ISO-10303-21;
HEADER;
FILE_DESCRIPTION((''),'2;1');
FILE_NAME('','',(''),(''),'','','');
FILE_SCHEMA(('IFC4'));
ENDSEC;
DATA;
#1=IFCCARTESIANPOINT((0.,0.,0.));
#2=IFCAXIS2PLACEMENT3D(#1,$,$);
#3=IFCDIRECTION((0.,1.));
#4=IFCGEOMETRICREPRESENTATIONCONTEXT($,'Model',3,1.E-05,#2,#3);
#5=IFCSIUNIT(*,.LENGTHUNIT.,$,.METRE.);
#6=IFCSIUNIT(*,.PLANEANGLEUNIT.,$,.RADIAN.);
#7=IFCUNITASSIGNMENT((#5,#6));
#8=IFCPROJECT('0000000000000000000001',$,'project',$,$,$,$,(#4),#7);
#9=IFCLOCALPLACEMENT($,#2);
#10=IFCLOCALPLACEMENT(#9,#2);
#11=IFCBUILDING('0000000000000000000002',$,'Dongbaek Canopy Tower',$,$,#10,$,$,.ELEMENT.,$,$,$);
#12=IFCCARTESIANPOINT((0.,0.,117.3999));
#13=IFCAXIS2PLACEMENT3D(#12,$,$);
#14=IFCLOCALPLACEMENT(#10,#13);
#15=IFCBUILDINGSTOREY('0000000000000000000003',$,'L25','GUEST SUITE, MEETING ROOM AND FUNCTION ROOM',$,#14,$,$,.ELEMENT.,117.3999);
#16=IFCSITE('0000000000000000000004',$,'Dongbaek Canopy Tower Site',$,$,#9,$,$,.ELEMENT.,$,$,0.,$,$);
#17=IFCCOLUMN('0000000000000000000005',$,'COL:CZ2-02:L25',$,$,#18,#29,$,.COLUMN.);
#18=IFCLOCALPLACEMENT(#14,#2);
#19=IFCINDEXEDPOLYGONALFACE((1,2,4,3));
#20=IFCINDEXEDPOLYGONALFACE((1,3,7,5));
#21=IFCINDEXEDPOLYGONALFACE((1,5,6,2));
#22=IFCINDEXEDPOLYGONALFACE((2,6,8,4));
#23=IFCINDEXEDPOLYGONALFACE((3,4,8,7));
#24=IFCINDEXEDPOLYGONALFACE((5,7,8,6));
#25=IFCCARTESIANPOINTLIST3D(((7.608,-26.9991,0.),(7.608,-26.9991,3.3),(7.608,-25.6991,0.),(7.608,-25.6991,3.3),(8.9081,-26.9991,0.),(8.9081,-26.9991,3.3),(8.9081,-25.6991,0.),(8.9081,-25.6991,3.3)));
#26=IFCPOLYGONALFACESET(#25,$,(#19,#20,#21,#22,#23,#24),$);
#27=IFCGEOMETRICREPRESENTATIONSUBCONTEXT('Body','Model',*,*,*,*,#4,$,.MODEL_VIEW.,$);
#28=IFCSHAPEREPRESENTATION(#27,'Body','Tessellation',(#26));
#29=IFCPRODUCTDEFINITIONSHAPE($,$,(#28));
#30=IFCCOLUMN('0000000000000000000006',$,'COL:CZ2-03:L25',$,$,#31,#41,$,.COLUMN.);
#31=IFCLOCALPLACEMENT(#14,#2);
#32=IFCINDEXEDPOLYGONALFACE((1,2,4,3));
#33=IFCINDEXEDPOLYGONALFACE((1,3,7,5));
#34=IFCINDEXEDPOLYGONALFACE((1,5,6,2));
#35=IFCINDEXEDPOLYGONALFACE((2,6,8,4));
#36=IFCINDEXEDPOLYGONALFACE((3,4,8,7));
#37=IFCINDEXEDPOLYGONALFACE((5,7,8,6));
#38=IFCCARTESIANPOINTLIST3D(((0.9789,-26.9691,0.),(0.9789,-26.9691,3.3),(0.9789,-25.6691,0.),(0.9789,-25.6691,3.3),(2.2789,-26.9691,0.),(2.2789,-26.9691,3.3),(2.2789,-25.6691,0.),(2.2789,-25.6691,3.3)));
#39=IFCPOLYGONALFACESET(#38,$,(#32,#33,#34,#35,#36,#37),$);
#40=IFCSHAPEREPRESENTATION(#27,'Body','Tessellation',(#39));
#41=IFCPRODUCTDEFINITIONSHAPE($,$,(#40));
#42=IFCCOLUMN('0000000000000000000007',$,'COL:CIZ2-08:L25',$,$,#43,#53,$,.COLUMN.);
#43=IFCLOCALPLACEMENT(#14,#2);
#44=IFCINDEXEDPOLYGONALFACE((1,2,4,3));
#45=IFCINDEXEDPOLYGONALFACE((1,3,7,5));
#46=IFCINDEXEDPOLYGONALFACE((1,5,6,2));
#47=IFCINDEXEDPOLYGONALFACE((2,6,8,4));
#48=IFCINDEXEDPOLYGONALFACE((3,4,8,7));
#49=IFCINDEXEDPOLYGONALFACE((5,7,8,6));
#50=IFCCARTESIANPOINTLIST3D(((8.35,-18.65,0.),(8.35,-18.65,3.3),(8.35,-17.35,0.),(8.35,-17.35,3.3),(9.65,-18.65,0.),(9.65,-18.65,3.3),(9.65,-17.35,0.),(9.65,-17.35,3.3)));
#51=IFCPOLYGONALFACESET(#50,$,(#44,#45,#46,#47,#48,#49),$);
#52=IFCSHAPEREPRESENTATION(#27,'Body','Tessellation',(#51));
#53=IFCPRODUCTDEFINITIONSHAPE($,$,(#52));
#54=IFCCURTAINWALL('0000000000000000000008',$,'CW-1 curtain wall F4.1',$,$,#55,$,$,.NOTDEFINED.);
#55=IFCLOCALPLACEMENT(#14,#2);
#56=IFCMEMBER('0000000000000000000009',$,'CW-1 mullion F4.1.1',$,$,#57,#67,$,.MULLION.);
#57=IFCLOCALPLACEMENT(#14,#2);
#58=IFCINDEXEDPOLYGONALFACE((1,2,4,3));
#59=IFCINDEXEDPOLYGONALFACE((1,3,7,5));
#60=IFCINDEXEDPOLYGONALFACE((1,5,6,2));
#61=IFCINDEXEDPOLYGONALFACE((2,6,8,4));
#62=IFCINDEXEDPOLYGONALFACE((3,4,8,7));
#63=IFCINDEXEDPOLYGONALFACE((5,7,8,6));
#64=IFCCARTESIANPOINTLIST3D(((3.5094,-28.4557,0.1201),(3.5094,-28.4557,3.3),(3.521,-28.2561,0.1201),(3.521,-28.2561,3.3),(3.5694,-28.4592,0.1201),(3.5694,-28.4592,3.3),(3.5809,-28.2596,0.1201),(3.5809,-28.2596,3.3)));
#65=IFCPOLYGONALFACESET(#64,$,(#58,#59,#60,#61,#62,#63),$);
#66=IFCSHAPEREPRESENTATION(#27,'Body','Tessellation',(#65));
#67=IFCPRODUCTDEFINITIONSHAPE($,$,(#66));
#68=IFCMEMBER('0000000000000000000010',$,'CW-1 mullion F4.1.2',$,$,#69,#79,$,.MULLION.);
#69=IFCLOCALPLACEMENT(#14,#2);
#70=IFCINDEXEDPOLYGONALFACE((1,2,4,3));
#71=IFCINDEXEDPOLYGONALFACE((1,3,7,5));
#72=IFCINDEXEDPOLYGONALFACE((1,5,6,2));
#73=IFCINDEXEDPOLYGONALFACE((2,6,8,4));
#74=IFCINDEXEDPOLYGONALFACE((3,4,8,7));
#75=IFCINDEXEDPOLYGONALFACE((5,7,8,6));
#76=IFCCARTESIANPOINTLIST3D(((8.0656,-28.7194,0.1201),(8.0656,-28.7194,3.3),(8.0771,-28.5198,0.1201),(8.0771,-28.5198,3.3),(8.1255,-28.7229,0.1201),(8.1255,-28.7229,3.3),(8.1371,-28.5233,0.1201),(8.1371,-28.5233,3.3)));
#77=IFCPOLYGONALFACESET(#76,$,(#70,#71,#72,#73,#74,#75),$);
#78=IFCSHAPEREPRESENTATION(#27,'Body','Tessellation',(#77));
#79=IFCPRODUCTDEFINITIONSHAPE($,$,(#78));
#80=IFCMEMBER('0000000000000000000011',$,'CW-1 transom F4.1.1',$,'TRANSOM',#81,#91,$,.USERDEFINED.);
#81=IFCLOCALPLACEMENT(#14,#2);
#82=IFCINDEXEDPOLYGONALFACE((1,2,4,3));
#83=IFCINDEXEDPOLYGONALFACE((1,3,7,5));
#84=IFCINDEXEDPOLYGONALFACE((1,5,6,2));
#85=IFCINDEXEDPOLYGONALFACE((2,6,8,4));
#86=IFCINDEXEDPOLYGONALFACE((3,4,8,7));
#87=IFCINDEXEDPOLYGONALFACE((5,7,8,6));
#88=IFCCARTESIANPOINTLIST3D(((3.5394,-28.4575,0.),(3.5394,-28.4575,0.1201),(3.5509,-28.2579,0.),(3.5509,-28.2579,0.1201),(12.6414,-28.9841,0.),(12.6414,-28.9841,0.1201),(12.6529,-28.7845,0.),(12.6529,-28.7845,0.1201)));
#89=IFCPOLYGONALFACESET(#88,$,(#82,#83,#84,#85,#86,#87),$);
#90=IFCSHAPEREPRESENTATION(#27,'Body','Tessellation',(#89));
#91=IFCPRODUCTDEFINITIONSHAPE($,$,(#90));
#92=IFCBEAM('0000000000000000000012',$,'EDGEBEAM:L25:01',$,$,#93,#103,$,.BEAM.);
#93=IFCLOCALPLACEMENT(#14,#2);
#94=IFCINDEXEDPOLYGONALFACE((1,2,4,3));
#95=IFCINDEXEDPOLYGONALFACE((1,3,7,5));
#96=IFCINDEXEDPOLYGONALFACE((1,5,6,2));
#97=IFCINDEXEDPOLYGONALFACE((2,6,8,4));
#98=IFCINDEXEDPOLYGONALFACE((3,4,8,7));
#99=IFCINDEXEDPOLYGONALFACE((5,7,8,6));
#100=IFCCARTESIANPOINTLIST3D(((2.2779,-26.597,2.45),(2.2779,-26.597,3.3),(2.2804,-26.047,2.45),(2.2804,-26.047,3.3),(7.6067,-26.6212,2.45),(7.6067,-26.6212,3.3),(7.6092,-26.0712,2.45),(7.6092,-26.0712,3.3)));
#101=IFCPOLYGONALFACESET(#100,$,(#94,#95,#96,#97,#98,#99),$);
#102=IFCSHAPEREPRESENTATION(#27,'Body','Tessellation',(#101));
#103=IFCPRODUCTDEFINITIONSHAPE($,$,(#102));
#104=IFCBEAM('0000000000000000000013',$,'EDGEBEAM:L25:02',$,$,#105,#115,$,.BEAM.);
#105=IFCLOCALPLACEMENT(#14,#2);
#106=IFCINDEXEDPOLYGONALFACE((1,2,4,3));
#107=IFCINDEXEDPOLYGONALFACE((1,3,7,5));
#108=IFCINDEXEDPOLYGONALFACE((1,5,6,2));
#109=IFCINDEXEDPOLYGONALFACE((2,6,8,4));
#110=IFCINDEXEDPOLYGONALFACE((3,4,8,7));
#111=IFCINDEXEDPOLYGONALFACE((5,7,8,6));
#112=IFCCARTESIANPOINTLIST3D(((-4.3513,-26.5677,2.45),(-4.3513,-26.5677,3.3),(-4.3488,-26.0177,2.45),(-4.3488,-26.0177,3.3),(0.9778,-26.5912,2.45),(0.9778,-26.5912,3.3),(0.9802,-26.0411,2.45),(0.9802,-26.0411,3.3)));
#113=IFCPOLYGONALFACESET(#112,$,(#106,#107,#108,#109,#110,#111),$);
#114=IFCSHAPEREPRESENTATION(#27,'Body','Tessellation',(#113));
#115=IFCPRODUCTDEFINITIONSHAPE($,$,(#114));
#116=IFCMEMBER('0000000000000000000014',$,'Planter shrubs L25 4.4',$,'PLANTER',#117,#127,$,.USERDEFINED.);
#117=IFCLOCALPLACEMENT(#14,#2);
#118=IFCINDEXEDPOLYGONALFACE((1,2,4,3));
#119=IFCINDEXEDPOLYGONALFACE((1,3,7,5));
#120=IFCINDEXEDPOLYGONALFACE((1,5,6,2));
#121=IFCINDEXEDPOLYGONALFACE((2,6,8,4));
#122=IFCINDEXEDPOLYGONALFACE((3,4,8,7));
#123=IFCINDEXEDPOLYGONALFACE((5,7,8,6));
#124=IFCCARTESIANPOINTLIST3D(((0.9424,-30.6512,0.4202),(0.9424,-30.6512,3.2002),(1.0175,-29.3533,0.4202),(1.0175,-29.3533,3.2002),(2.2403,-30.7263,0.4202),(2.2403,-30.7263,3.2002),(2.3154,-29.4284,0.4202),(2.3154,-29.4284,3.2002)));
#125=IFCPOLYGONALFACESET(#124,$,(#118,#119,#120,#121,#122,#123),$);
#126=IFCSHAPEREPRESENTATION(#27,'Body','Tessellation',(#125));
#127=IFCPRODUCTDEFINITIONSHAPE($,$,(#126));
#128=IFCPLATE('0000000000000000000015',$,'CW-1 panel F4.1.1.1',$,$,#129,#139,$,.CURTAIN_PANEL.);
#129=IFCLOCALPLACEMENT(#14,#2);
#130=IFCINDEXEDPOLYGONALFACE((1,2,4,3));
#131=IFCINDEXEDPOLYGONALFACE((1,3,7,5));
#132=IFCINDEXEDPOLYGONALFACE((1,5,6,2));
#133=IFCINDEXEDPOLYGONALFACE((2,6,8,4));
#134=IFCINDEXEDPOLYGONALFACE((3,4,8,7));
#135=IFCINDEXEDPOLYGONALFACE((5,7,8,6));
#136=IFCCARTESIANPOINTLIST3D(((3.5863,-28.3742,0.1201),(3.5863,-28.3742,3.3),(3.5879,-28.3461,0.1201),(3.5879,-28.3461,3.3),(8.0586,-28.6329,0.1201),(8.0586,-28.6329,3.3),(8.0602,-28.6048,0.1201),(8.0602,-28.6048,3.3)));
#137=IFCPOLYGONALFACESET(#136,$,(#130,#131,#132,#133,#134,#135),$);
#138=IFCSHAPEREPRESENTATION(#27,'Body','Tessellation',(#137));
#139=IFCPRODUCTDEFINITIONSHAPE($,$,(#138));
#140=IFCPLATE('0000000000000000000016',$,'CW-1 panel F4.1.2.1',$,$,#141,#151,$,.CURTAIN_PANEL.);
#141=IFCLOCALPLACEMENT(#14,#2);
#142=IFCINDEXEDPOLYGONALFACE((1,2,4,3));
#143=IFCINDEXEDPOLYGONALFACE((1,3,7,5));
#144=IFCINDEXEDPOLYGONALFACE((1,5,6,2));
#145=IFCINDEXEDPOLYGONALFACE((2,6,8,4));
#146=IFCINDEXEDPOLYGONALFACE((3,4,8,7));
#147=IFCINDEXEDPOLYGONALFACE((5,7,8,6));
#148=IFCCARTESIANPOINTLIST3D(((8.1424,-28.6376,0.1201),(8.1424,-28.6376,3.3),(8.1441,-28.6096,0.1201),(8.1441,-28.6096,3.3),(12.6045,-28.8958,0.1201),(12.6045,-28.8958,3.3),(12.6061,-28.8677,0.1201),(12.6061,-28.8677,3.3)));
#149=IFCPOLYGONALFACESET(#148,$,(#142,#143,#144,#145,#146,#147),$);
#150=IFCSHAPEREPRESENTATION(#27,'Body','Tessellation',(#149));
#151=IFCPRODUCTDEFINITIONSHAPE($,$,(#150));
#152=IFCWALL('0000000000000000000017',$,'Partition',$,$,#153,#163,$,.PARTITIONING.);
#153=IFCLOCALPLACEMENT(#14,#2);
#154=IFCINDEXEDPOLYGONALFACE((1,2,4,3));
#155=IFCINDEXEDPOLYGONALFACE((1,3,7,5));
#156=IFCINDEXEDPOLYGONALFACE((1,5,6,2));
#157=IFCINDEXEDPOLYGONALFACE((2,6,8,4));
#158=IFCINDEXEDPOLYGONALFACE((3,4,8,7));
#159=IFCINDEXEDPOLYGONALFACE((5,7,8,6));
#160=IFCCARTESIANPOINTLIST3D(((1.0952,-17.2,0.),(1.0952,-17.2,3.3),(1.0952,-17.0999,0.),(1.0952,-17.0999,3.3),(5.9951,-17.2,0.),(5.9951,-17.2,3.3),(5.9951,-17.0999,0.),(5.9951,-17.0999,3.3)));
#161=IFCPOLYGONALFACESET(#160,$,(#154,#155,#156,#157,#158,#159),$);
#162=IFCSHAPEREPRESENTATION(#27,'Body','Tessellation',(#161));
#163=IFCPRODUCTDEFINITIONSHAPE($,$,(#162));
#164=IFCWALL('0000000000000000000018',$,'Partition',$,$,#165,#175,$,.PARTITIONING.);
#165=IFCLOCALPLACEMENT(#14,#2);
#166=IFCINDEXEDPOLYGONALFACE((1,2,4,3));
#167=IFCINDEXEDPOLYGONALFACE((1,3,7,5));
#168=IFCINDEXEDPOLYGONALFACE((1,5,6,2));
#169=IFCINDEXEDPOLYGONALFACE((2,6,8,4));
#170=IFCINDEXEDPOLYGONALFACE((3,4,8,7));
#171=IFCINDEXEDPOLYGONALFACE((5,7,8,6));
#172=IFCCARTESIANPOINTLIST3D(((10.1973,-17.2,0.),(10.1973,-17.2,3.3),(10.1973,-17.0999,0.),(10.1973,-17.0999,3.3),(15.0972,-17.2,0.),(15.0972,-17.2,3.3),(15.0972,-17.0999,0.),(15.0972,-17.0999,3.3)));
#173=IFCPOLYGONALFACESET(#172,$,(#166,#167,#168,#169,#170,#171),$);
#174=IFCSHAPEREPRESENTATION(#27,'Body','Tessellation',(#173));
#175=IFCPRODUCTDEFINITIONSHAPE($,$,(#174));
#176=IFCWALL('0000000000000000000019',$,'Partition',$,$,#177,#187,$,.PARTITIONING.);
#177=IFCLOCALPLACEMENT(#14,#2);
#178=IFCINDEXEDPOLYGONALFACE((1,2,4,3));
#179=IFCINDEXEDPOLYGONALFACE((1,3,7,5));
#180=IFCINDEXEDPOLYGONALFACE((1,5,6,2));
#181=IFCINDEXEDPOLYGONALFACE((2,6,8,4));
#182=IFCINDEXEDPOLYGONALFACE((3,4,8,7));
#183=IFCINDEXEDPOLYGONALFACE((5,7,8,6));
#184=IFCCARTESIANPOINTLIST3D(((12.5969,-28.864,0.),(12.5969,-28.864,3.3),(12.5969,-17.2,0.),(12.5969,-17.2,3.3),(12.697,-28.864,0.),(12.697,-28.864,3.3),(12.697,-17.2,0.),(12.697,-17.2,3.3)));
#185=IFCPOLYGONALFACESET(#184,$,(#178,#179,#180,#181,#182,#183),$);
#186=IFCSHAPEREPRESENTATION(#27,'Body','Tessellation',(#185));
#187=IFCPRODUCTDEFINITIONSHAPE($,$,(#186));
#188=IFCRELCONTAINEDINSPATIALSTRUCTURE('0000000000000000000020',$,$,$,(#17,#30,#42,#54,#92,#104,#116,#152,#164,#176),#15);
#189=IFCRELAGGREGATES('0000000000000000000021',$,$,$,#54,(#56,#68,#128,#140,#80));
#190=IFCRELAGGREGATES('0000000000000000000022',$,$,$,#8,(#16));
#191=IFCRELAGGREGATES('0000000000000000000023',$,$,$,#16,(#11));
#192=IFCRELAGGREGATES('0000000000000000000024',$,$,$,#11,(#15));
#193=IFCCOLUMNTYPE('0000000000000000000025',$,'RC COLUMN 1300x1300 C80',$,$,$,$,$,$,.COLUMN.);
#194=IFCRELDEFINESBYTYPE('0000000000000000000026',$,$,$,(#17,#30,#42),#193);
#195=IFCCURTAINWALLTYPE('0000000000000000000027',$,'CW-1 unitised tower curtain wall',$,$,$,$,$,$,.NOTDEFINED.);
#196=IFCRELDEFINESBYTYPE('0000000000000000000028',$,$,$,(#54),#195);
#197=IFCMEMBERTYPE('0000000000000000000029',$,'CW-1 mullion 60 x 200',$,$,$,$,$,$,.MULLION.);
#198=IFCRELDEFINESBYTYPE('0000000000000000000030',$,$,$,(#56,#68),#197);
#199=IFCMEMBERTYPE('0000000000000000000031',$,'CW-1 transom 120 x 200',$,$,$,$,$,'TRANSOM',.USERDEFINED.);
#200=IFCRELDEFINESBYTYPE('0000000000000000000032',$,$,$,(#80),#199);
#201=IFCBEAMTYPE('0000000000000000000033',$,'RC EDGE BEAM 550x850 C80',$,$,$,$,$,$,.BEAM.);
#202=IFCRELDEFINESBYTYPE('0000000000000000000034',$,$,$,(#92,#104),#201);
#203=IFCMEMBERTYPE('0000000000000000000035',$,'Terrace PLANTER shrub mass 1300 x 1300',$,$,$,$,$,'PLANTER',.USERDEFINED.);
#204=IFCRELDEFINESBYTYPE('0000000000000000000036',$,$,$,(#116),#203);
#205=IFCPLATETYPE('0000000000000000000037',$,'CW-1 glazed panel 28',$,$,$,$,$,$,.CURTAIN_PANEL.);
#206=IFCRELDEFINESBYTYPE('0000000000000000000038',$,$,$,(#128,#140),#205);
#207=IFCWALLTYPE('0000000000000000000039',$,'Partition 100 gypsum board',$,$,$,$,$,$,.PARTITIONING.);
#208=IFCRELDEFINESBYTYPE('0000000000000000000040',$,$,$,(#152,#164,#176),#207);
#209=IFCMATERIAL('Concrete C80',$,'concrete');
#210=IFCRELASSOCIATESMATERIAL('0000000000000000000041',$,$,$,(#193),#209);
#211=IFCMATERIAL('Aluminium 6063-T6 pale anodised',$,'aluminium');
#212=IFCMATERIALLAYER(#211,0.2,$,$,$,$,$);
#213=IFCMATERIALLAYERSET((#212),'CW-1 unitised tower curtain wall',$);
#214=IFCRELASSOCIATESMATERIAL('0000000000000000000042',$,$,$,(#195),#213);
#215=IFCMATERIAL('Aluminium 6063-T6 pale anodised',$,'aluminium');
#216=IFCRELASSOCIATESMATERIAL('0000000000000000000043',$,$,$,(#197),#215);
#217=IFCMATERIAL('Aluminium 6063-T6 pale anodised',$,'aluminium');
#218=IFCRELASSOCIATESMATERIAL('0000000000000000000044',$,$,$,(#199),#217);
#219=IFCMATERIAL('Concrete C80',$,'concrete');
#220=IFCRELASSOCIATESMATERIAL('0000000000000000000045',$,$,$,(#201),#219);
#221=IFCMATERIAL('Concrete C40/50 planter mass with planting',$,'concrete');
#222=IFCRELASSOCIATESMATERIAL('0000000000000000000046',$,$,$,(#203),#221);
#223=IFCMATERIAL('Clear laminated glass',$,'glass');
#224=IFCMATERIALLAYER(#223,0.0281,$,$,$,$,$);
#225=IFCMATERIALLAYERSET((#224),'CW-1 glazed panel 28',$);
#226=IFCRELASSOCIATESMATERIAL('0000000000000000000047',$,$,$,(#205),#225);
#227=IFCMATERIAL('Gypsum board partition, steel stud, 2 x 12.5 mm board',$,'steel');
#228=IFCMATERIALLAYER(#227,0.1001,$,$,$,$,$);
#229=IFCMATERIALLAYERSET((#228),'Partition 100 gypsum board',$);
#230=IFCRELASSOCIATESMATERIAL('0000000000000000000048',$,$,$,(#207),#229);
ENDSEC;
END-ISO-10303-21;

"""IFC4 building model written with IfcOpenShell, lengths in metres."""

from ifc_helpers import new_model, si_unit, direction, frame, frame_2d, origin, origin_2d, place, context, subcontext, project, spatial, rectangle, extrude, material, layer, layer_set, material_profile, profile_set, type_object, element, aggregate, save


model = new_model("IFC4")

# Units and contexts
model_context = context("Model", 3, precision=1e-05, world=origin(), true_north=direction((0.0, 1.0)))
body_context = subcontext(model_context, "Body", "Model", "MODEL_VIEW")
ifc_project = project(units=[si_unit("LENGTHUNIT", "METRE"), si_unit("PLANEANGLEUNIT", "RADIAN")], contexts=[model_context])

# Site, building, storey
site_placement = place(None, origin())
site = spatial("IfcSite", under=ifc_project, at=site_placement, Name="Dongbaek Canopy Tower Site", CompositionType="ELEMENT", RefElevation=0.0)
building_placement = place(site_placement, origin())
building = spatial("IfcBuilding", under=site, at=building_placement, Name="Dongbaek Canopy Tower", CompositionType="ELEMENT")
storey_placement = place(building_placement, frame((0.0, 0.0, 117.3999)))
storey = spatial("IfcBuildingStorey", under=building, at=storey_placement, Name="L25", Description="GUEST SUITE, MEETING ROOM AND FUNCTION ROOM", CompositionType="ELEMENT", Elevation=117.3999)

# Columns
ifc_material_1 = material(Name="Concrete C80", Category="concrete")
ifc_material_profile_1 = material_profile(ifc_material_1, rectangle(XDim=1.3, YDim=1.3, at=origin_2d()), Name="RC COLUMN 1300x1300 C80")
ifc_profile_set_1 = profile_set([ifc_material_profile_1], Name="Concrete C80")
column_type = type_object("IfcColumnType", Name="RC COLUMN 1300x1300 C80", PredefinedType="COLUMN", material=ifc_profile_set_1)
for number, where, z_axis, x_axis, name in (
    (1, (8.2581, -26.3491, 0.0), (0.0, 0.0, 1.0), (1.0, 0.0, 0.0), "COL:CZ2-02:L25"),
    (2, (1.6289, -26.3191, 0.0), (0.0, 0.0, 1.0), (1.0, 0.0, 0.0), "COL:CZ2-03:L25"),
    (3, (9.0, -18.0, 0.0), (0.0, 0.0, 1.0), (1.0, 0.0, 0.0), "COL:CIZ2-08:L25"),
):
    element("IfcColumn", number, at=place(storey_placement, frame(where, z_axis=z_axis, x_axis=x_axis)), inside=storey, type_object=column_type, Name=name, PredefinedType="COLUMN", context=body_context, shape_type="SweptSolid", body=[
        extrude(rectangle(XDim=1.3, YDim=1.3, at=origin_2d()), origin(), (0.0, 0.0, 1.0), 3.3),
    ])

# Curtain wall, members
ifc_material_2 = material(Name="Aluminium 6063-T6 pale anodised", Category="aluminium")
ifc_layer_1 = layer(ifc_material_2, 0.2)
ifc_layer_set_1 = layer_set([ifc_layer_1], Name="CW-1 unitised tower curtain wall")
curtain_wall_type = type_object("IfcCurtainWallType", Name="CW-1 unitised tower curtain wall", PredefinedType="NOTDEFINED", material=ifc_layer_set_1)
curtain_wall_placement = place(storey_placement, origin())
curtain_wall = element("IfcCurtainWall", 4, at=curtain_wall_placement, inside=storey, type_object=curtain_wall_type, Name="CW-1 curtain wall F4.1", PredefinedType="NOTDEFINED")
ifc_material_3 = material(Name="Aluminium 6063-T6 pale anodised", Category="aluminium")
ifc_material_profile_2 = material_profile(ifc_material_3, rectangle(XDim=0.2, YDim=0.0601, at=origin_2d()), Name="CW-1 mullion 60 x 200")
ifc_profile_set_2 = profile_set([ifc_material_profile_2], Name="Aluminium 6063-T6 pale anodised")
member_type_1 = type_object("IfcMemberType", Name="CW-1 mullion 60 x 200", PredefinedType="MULLION", material=ifc_profile_set_2)
member_1_placement = place(storey_placement, frame((3.5452, -28.3577, 0.1201), z_axis=(0.0, 0.0, 1.0), x_axis=(-0.057753, -0.998331, 0.0)))
member_1 = element("IfcMember", 5, at=member_1_placement, type_object=member_type_1, Name="CW-1 mullion F4.1.1", PredefinedType="MULLION", context=body_context, shape_type="SweptSolid", body=[
    extrude(rectangle(XDim=0.2, YDim=0.0601, at=origin_2d()), origin(), (0.0, 0.0, 1.0), 3.1799),
])
member_2_placement = place(storey_placement, frame((8.1013, -28.6213, 0.1201), z_axis=(0.0, 0.0, 1.0), x_axis=(-0.057753, -0.998331, 0.0)))
member_2 = element("IfcMember", 6, at=member_2_placement, type_object=member_type_1, Name="CW-1 mullion F4.1.2", PredefinedType="MULLION", context=body_context, shape_type="SweptSolid", body=[
    extrude(rectangle(XDim=0.2, YDim=0.0601, at=origin_2d()), origin(), (0.0, 0.0, 1.0), 3.1799),
])
ifc_material_4 = material(Name="Aluminium 6063-T6 pale anodised", Category="aluminium")
ifc_material_profile_3 = material_profile(ifc_material_4, rectangle(XDim=0.2, YDim=0.1201, at=origin_2d()), Name="CW-1 transom 120 x 200")
ifc_profile_set_3 = profile_set([ifc_material_profile_3], Name="Aluminium 6063-T6 pale anodised")
member_type_2 = type_object("IfcMemberType", Name="CW-1 transom 120 x 200", ElementType="TRANSOM", PredefinedType="USERDEFINED", material=ifc_profile_set_3)
member_3_placement = place(storey_placement, frame((3.5452, -28.3577, 0.0601), z_axis=(0.998331, -0.05776, 0.0), x_axis=(0.05776, 0.998331, 0.0)))
member_3 = element("IfcMember", 7, at=member_3_placement, type_object=member_type_2, Name="CW-1 transom F4.1.1", ObjectType="TRANSOM", PredefinedType="USERDEFINED", context=body_context, shape_type="SweptSolid", body=[
    extrude(rectangle(XDim=0.2, YDim=0.1201, at=origin_2d()), origin(), (0.0, 0.0, 1.0), 9.1172),
])

# Beams
ifc_material_5 = material(Name="Concrete C80", Category="concrete")
ifc_material_profile_4 = material_profile(ifc_material_5, rectangle(XDim=0.55, YDim=0.8501, at=origin_2d()), Name="RC EDGE BEAM 550x850 C80")
ifc_profile_set_4 = profile_set([ifc_material_profile_4], Name="Concrete C80")
beam_type = type_object("IfcBeamType", Name="RC EDGE BEAM 550x850 C80", PredefinedType="BEAM", material=ifc_profile_set_4)
beam_1_placement = place(storey_placement, frame((7.6079, -26.3462, 2.875), z_axis=(-0.99999, 0.004536, 0.0), x_axis=(-0.004536, -0.99999, 0.0)))
element("IfcBeam", 8, at=beam_1_placement, inside=storey, type_object=beam_type, Name="EDGEBEAM:L25:01", PredefinedType="BEAM", context=body_context, shape_type="SweptSolid", body=[
    extrude(rectangle(XDim=0.55, YDim=0.8501, at=origin_2d()), origin(), (0.0, 0.0, 1.0), 5.3289),
])
beam_2_placement = place(storey_placement, frame((0.979, -26.3162, 2.875), z_axis=(-0.99999, 0.004398, 0.0), x_axis=(-0.004398, -0.99999, 0.0)))
element("IfcBeam", 9, at=beam_2_placement, inside=storey, type_object=beam_type, Name="EDGEBEAM:L25:02", PredefinedType="BEAM", context=body_context, shape_type="SweptSolid", body=[
    extrude(rectangle(XDim=0.55, YDim=0.8501, at=origin_2d()), origin(), (0.0, 0.0, 1.0), 5.3291),
])

# Member
ifc_material_6 = material(Name="Concrete C40/50 planter mass with planting", Category="concrete")
ifc_material_profile_5 = material_profile(ifc_material_6, rectangle(XDim=1.3, YDim=1.3, at=origin_2d()), Name="Terrace PLANTER shrub mass 1300 x 1300")
ifc_profile_set_5 = profile_set([ifc_material_profile_5], Name="Concrete C40/50 planter mass with planting")
member_type_3 = type_object("IfcMemberType", Name="Terrace PLANTER shrub mass 1300 x 1300", ElementType="PLANTER", PredefinedType="USERDEFINED", material=ifc_profile_set_5)
member_4_placement = place(storey_placement, frame((1.6289, -30.0398, 0.4202), z_axis=(0.0, 0.0, 1.0), x_axis=(-0.057753, -0.998331, 0.0)))
element("IfcMember", 10, at=member_4_placement, inside=storey, type_object=member_type_3, Name="Planter shrubs L25 4.4", ObjectType="PLANTER", PredefinedType="USERDEFINED", context=body_context, shape_type="SweptSolid", body=[
    extrude(rectangle(XDim=1.3, YDim=1.3, at=origin_2d()), origin(), (0.0, 0.0, 1.0), 2.78),
])

# Plates
ifc_material_7 = material(Name="Clear laminated glass", Category="glass")
ifc_layer_2 = layer(ifc_material_7, 0.0281)
ifc_layer_set_2 = layer_set([ifc_layer_2], Name="CW-1 glazed panel 28")
plate_type = type_object("IfcPlateType", Name="CW-1 glazed panel 28", PredefinedType="CURTAIN_PANEL", material=ifc_layer_set_2)
plate_1_placement = place(storey_placement, frame((5.8232, -28.4895, 0.1201), z_axis=(0.0, 0.0, 1.0), x_axis=(0.998331, -0.057753, 0.0)))
plate_1 = element("IfcPlate", 11, at=plate_1_placement, type_object=plate_type, Name="CW-1 panel F4.1.1.1", PredefinedType="CURTAIN_PANEL", context=body_context, shape_type="SweptSolid", body=[
    extrude(rectangle(XDim=4.4797, YDim=0.0281, at=origin_2d()), origin(), (0.0, 0.0, 1.0), 3.1799),
])
plate_2_placement = place(storey_placement, frame((10.3743, -28.7527, 0.1201), z_axis=(0.0, 0.0, 1.0), x_axis=(0.998331, -0.057753, 0.0)))
plate_2 = element("IfcPlate", 12, at=plate_2_placement, type_object=plate_type, Name="CW-1 panel F4.1.2.1", PredefinedType="CURTAIN_PANEL", context=body_context, shape_type="SweptSolid", body=[
    extrude(rectangle(XDim=4.4695, YDim=0.0281, at=origin_2d()), origin(), (0.0, 0.0, 1.0), 3.1799),
])

# Walls
ifc_material_8 = material(Name="Gypsum board partition, steel stud, 2 x 12.5 mm board", Category="steel")
ifc_layer_3 = layer(ifc_material_8, 0.1001)
ifc_layer_set_3 = layer_set([ifc_layer_3], Name="Partition 100 gypsum board")
wall_type = type_object("IfcWallType", Name="Partition 100 gypsum board", PredefinedType="PARTITIONING", material=ifc_layer_set_3)
for number, where, z_axis, x_axis, name in (
    (13, (1.0952, -17.1499, 0.0), (0.0, 0.0, 1.0), (1.0, 0.0, 0.0), "Partition"),
    (14, (10.1973, -17.1499, 0.0), (0.0, 0.0, 1.0), (1.0, 0.0, 0.0), "Partition"),
):
    element("IfcWall", number, at=place(storey_placement, frame(where, z_axis=z_axis, x_axis=x_axis)), inside=storey, type_object=wall_type, Name=name, PredefinedType="PARTITIONING", context=body_context, shape_type="SweptSolid", body=[
        extrude(rectangle(XDim=4.8999, YDim=0.1001, at=frame_2d((2.45, 0.0))), origin(), (0.0, 0.0, 1.0), 3.3),
    ])
wall_1_placement = place(storey_placement, frame((12.647, -28.864, 0.0), z_axis=(0.0, 0.0, 1.0), x_axis=(0.0, 1.0, 0.0)))
element("IfcWall", 15, at=wall_1_placement, inside=storey, type_object=wall_type, Name="Partition", PredefinedType="PARTITIONING", context=body_context, shape_type="SweptSolid", body=[
    extrude(rectangle(XDim=11.6641, YDim=0.1001, at=frame_2d((5.832, 0.0))), origin(), (0.0, 0.0, 1.0), 3.3),
])

aggregate(curtain_wall, [member_1, member_2, plate_1, plate_2, member_3])

save(model, "model.ifc")
